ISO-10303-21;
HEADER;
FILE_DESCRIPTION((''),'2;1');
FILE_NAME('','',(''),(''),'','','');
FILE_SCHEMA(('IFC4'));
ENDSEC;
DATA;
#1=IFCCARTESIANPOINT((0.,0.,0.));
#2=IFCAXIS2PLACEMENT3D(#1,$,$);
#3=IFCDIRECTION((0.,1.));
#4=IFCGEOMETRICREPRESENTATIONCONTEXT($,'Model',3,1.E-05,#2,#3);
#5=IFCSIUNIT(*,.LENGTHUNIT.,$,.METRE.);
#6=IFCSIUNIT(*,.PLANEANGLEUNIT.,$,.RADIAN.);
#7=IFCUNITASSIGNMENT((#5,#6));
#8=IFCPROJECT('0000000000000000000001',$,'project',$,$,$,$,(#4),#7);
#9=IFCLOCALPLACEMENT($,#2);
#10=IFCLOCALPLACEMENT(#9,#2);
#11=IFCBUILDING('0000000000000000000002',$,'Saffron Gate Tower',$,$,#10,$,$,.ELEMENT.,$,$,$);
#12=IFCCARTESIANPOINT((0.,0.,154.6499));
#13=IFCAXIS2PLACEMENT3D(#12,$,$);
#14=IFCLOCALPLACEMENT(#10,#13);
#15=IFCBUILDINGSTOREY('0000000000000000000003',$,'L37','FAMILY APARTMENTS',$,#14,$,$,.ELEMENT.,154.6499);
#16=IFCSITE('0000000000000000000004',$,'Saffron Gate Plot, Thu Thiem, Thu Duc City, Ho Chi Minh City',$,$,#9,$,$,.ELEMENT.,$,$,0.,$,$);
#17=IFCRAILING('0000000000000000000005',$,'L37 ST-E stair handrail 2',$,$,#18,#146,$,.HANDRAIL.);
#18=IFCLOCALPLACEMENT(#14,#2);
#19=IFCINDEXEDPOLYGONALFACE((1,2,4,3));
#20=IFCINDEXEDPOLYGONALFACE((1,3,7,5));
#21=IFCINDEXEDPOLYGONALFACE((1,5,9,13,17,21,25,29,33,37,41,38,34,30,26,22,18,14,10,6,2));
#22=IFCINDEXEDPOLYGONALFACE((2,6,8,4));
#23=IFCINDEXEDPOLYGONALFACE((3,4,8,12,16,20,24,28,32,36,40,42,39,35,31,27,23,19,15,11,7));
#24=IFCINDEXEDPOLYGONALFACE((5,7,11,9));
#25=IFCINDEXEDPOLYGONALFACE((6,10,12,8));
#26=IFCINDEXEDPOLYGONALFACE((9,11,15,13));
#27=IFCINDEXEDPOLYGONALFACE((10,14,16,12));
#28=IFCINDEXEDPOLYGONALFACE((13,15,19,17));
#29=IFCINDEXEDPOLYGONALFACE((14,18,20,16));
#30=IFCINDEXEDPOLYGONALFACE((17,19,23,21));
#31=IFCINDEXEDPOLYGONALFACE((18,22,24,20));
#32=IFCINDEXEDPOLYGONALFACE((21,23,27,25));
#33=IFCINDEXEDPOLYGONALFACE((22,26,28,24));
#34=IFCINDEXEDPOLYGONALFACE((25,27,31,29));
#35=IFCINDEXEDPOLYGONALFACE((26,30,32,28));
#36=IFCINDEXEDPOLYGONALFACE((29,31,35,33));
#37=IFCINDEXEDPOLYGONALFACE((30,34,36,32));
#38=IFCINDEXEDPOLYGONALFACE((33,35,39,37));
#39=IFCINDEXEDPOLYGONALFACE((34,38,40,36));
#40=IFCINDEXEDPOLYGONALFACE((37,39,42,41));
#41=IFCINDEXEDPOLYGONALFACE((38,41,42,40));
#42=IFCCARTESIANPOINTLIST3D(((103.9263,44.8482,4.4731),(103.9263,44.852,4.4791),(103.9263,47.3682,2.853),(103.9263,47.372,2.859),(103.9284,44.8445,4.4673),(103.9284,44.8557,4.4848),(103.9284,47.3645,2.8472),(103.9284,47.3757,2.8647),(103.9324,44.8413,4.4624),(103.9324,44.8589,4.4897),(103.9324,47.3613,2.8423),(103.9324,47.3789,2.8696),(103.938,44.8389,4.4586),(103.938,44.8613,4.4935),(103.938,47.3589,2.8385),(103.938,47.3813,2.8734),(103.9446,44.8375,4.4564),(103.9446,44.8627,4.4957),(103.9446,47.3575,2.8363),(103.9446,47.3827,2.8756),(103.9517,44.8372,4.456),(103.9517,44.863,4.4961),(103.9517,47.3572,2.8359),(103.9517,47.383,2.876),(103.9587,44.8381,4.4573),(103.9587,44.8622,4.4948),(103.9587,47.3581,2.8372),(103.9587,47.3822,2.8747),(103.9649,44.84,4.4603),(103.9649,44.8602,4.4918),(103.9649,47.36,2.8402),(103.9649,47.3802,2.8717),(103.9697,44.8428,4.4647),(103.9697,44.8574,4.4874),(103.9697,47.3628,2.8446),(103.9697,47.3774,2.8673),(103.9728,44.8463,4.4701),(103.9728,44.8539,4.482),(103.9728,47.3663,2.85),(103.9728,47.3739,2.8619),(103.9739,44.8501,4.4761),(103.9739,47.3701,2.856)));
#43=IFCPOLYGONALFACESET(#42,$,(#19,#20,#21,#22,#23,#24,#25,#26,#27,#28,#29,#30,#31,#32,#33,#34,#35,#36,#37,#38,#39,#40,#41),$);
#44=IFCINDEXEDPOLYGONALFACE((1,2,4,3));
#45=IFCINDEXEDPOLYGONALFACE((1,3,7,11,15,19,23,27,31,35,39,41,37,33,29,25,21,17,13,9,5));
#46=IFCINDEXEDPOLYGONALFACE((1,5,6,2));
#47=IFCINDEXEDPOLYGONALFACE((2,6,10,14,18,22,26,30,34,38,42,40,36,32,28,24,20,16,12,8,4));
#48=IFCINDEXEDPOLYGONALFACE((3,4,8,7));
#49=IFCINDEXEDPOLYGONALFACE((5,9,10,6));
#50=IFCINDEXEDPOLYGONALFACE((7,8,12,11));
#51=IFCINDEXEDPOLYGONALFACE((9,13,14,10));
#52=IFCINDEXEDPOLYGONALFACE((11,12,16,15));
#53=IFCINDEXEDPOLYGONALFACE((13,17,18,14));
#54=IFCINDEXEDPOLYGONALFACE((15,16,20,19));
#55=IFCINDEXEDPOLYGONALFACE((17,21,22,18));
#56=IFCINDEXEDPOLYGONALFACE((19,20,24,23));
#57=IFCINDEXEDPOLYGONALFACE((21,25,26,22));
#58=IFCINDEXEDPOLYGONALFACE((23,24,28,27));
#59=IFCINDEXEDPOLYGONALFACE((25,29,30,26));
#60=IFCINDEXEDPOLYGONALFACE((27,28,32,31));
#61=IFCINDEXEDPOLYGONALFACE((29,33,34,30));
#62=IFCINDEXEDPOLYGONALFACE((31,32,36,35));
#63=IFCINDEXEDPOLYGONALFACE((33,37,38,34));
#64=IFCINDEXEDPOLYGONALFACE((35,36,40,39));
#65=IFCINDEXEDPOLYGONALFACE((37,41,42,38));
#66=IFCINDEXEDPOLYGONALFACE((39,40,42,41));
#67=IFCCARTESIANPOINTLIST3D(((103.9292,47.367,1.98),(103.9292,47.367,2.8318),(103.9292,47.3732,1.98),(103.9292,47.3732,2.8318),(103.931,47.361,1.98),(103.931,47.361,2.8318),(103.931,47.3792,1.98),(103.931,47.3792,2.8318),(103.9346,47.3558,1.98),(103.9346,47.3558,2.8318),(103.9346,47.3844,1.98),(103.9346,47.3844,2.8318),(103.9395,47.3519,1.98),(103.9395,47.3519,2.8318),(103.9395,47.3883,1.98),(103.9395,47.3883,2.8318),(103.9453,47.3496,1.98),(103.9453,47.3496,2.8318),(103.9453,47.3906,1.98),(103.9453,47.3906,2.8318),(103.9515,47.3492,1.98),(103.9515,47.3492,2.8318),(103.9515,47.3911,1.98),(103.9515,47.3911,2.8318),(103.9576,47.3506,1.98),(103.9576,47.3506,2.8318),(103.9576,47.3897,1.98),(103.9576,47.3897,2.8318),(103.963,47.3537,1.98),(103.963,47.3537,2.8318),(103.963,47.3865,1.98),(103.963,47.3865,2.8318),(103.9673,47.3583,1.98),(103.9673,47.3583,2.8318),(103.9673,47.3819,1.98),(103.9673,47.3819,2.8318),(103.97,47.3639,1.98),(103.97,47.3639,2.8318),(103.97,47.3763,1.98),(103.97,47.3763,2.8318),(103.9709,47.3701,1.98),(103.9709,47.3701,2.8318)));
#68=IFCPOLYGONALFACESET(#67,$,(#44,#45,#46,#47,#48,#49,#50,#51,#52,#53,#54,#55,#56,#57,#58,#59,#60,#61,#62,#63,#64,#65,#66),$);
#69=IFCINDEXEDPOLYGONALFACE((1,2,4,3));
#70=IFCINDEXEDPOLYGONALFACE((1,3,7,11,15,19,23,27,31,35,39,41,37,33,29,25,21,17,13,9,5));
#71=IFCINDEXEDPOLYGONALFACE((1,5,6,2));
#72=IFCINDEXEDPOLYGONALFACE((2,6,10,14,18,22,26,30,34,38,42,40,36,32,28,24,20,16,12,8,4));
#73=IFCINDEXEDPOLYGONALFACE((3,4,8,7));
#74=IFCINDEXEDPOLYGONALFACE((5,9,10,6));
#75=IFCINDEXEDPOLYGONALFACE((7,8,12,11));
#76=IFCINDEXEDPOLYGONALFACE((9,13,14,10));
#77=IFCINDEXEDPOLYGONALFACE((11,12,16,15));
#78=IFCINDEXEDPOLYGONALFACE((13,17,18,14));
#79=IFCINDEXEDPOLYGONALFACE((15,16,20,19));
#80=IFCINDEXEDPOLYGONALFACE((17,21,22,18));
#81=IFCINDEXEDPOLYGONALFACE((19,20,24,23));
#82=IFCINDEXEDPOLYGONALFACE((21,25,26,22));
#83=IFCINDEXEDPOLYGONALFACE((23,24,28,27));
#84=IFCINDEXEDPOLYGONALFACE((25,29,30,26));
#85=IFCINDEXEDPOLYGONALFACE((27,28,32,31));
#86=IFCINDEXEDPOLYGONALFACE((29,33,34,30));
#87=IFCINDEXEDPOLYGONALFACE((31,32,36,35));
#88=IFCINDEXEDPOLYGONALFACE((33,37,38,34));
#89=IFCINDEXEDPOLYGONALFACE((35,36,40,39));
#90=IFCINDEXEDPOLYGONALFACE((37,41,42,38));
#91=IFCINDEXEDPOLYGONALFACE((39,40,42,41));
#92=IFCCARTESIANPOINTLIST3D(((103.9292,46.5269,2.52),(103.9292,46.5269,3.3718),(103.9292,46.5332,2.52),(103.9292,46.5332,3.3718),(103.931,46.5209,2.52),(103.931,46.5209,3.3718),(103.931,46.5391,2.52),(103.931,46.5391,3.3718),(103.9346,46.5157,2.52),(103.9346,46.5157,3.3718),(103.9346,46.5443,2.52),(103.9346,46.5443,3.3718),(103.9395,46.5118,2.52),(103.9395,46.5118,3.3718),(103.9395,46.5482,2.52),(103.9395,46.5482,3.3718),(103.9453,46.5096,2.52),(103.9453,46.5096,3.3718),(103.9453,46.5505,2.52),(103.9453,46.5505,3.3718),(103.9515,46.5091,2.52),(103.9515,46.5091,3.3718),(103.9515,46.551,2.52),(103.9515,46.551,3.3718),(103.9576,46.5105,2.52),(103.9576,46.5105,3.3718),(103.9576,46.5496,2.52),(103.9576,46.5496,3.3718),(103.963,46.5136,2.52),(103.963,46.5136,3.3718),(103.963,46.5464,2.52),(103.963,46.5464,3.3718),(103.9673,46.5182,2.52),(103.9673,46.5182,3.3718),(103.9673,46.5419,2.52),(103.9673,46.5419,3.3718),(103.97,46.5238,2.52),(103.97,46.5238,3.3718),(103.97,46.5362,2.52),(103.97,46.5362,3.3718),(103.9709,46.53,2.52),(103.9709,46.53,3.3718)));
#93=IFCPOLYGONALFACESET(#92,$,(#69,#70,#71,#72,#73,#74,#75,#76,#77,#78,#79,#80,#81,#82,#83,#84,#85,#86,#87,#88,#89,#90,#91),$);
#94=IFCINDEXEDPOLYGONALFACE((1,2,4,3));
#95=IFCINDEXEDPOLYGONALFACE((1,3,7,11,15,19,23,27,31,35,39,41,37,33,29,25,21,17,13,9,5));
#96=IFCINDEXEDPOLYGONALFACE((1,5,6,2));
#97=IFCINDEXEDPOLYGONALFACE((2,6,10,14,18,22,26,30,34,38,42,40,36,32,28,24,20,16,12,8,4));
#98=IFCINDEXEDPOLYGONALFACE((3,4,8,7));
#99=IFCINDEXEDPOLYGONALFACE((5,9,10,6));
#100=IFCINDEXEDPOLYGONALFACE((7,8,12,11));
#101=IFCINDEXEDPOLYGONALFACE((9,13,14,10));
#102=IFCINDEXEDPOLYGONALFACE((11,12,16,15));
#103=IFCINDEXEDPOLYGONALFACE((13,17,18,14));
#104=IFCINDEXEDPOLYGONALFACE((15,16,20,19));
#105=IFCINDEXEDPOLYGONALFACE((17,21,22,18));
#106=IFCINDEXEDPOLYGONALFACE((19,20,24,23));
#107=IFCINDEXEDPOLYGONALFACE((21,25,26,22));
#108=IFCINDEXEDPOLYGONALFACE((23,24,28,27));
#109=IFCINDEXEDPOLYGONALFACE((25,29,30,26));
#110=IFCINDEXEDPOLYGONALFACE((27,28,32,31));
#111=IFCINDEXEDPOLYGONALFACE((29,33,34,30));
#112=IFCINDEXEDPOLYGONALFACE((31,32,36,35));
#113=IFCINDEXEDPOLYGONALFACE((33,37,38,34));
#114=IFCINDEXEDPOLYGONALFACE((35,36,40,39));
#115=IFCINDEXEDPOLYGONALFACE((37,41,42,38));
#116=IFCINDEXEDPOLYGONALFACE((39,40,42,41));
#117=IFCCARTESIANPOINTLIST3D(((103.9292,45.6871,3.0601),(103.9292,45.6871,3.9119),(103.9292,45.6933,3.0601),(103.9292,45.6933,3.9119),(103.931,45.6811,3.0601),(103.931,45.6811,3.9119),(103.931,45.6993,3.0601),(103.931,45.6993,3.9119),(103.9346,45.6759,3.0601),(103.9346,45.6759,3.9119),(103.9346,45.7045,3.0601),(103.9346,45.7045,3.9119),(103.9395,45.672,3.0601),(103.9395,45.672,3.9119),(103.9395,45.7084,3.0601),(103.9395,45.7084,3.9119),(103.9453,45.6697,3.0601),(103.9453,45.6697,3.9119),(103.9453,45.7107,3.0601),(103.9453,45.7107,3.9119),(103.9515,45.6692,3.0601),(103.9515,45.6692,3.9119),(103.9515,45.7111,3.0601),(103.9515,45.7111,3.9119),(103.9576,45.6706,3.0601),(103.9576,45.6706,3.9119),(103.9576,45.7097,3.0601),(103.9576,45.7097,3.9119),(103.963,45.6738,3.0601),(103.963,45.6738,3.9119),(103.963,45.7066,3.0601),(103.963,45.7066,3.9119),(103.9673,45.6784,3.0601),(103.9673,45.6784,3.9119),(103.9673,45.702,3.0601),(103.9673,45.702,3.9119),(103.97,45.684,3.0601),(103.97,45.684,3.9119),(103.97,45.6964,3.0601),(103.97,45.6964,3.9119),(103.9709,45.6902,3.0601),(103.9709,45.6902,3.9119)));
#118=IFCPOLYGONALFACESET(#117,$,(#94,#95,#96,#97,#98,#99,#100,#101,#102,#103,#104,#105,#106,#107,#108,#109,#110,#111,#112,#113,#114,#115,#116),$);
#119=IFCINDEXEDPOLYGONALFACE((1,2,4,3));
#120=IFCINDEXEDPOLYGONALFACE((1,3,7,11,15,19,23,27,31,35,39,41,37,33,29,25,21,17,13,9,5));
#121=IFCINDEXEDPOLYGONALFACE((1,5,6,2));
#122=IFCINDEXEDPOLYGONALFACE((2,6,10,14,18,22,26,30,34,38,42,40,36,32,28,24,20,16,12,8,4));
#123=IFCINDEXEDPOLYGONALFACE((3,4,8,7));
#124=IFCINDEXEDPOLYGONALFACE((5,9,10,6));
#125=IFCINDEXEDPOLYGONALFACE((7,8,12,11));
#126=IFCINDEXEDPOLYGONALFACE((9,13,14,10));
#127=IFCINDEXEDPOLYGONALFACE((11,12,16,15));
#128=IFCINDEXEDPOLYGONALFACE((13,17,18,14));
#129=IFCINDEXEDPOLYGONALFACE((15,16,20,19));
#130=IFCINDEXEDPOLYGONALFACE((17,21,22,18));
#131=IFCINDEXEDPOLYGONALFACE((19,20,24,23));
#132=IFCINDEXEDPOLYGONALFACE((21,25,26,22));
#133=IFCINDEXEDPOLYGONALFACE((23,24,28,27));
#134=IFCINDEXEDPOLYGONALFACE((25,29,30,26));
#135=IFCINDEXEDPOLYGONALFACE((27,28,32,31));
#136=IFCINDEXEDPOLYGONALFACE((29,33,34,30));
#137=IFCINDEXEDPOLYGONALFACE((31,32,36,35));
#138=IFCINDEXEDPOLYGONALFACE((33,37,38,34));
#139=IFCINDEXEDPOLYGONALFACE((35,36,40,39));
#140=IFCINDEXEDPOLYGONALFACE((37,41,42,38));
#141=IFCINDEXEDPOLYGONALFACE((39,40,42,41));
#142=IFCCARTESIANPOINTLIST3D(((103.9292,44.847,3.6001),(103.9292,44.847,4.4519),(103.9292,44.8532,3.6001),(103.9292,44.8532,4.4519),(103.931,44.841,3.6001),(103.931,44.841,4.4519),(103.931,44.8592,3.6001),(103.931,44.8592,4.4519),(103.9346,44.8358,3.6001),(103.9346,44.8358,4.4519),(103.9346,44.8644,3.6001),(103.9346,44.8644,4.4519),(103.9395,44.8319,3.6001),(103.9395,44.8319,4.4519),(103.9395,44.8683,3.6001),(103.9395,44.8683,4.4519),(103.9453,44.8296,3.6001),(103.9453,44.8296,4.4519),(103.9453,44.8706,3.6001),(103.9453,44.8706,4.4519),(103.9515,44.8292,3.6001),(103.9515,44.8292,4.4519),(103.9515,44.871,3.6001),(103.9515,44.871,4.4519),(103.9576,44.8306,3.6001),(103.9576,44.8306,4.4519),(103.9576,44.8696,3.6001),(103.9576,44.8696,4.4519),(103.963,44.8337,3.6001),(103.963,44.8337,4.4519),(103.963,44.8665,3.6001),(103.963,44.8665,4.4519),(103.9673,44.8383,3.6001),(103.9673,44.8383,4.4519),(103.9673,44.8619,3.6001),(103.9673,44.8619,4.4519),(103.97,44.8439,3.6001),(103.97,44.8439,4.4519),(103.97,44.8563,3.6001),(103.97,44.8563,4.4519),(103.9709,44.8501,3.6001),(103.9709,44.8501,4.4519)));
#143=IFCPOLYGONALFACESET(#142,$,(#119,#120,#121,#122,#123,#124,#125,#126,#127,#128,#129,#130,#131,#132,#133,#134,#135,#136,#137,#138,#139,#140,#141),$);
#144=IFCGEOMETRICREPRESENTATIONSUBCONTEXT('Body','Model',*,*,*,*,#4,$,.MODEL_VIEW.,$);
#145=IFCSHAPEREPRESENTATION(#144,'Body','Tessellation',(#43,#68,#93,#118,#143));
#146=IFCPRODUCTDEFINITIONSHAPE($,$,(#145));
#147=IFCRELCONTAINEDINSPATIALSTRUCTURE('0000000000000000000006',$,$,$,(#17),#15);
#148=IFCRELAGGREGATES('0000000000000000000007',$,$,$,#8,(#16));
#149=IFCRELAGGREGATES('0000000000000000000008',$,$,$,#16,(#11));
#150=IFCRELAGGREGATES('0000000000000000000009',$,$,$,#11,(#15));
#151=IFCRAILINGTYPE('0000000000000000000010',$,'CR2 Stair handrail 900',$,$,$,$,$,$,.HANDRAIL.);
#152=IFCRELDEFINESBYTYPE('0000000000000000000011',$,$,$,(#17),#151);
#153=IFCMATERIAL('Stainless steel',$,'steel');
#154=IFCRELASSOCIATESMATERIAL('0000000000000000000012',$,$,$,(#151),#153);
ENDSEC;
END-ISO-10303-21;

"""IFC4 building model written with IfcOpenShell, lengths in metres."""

from ifc_helpers import new_model, si_unit, direction, frame, origin, origin_2d, place, context, subcontext, project, spatial, circle, extrude, material, type_object, element, save


model = new_model("IFC4")

# Units and contexts
model_context = context("Model", 3, precision=1e-05, world=origin(), true_north=direction((0.0, 1.0)))
body_context = subcontext(model_context, "Body", "Model", "MODEL_VIEW")
ifc_project = project(units=[si_unit("LENGTHUNIT", "METRE"), si_unit("PLANEANGLEUNIT", "RADIAN")], contexts=[model_context])

# Site, building, storey
site_placement = place(None, origin())
site = spatial("IfcSite", under=ifc_project, at=site_placement, Name="Saffron Gate Plot, Thu Thiem, Thu Duc City, Ho Chi Minh City", CompositionType="ELEMENT", RefElevation=0.0)
building_placement = place(site_placement, origin())
building = spatial("IfcBuilding", under=site, at=building_placement, Name="Saffron Gate Tower", CompositionType="ELEMENT")
storey_placement = place(building_placement, frame((0.0, 0.0, 154.6499)))
storey = spatial("IfcBuildingStorey", under=building, at=storey_placement, Name="L37", Description="FAMILY APARTMENTS", CompositionType="ELEMENT", Elevation=154.6499)

# Railing
ifc_material_1 = material(Name="Stainless steel", Category="steel")
railing_type = type_object("IfcRailingType", Name="CR2 Stair handrail 900", PredefinedType="HANDRAIL", material=ifc_material_1)
railing_placement = place(storey_placement, frame((103.95, 47.3701, 1.98)))
element("IfcRailing", 1, at=railing_placement, inside=storey, type_object=railing_type, Name="L37 ST-E stair handrail 2", PredefinedType="HANDRAIL", context=body_context, shape_type="SweptSolid", body=[
    extrude(circle(Radius=0.0239, at=origin_2d()), frame((0.0, 0.0, 0.876), z_axis=(0.0, -0.841163, 0.540782), x_axis=(1.0, 0.0, 0.0)), (0.0, 0.0, 1.0), 2.9958),
    extrude(circle(Radius=0.021, at=origin_2d()), origin(), (0.0, 0.0, 1.0), 0.8518),
    extrude(circle(Radius=0.021, at=origin_2d()), frame((0.0, -0.8401, 0.54)), (0.0, 0.0, 1.0), 0.8518),
    extrude(circle(Radius=0.021, at=origin_2d()), frame((0.0, -1.6799, 1.0801)), (0.0, 0.0, 1.0), 0.8518),
    extrude(circle(Radius=0.021, at=origin_2d()), frame((0.0, -2.52, 1.6201)), (0.0, 0.0, 1.0), 0.8518),
])

save(model, "model.ifc")
